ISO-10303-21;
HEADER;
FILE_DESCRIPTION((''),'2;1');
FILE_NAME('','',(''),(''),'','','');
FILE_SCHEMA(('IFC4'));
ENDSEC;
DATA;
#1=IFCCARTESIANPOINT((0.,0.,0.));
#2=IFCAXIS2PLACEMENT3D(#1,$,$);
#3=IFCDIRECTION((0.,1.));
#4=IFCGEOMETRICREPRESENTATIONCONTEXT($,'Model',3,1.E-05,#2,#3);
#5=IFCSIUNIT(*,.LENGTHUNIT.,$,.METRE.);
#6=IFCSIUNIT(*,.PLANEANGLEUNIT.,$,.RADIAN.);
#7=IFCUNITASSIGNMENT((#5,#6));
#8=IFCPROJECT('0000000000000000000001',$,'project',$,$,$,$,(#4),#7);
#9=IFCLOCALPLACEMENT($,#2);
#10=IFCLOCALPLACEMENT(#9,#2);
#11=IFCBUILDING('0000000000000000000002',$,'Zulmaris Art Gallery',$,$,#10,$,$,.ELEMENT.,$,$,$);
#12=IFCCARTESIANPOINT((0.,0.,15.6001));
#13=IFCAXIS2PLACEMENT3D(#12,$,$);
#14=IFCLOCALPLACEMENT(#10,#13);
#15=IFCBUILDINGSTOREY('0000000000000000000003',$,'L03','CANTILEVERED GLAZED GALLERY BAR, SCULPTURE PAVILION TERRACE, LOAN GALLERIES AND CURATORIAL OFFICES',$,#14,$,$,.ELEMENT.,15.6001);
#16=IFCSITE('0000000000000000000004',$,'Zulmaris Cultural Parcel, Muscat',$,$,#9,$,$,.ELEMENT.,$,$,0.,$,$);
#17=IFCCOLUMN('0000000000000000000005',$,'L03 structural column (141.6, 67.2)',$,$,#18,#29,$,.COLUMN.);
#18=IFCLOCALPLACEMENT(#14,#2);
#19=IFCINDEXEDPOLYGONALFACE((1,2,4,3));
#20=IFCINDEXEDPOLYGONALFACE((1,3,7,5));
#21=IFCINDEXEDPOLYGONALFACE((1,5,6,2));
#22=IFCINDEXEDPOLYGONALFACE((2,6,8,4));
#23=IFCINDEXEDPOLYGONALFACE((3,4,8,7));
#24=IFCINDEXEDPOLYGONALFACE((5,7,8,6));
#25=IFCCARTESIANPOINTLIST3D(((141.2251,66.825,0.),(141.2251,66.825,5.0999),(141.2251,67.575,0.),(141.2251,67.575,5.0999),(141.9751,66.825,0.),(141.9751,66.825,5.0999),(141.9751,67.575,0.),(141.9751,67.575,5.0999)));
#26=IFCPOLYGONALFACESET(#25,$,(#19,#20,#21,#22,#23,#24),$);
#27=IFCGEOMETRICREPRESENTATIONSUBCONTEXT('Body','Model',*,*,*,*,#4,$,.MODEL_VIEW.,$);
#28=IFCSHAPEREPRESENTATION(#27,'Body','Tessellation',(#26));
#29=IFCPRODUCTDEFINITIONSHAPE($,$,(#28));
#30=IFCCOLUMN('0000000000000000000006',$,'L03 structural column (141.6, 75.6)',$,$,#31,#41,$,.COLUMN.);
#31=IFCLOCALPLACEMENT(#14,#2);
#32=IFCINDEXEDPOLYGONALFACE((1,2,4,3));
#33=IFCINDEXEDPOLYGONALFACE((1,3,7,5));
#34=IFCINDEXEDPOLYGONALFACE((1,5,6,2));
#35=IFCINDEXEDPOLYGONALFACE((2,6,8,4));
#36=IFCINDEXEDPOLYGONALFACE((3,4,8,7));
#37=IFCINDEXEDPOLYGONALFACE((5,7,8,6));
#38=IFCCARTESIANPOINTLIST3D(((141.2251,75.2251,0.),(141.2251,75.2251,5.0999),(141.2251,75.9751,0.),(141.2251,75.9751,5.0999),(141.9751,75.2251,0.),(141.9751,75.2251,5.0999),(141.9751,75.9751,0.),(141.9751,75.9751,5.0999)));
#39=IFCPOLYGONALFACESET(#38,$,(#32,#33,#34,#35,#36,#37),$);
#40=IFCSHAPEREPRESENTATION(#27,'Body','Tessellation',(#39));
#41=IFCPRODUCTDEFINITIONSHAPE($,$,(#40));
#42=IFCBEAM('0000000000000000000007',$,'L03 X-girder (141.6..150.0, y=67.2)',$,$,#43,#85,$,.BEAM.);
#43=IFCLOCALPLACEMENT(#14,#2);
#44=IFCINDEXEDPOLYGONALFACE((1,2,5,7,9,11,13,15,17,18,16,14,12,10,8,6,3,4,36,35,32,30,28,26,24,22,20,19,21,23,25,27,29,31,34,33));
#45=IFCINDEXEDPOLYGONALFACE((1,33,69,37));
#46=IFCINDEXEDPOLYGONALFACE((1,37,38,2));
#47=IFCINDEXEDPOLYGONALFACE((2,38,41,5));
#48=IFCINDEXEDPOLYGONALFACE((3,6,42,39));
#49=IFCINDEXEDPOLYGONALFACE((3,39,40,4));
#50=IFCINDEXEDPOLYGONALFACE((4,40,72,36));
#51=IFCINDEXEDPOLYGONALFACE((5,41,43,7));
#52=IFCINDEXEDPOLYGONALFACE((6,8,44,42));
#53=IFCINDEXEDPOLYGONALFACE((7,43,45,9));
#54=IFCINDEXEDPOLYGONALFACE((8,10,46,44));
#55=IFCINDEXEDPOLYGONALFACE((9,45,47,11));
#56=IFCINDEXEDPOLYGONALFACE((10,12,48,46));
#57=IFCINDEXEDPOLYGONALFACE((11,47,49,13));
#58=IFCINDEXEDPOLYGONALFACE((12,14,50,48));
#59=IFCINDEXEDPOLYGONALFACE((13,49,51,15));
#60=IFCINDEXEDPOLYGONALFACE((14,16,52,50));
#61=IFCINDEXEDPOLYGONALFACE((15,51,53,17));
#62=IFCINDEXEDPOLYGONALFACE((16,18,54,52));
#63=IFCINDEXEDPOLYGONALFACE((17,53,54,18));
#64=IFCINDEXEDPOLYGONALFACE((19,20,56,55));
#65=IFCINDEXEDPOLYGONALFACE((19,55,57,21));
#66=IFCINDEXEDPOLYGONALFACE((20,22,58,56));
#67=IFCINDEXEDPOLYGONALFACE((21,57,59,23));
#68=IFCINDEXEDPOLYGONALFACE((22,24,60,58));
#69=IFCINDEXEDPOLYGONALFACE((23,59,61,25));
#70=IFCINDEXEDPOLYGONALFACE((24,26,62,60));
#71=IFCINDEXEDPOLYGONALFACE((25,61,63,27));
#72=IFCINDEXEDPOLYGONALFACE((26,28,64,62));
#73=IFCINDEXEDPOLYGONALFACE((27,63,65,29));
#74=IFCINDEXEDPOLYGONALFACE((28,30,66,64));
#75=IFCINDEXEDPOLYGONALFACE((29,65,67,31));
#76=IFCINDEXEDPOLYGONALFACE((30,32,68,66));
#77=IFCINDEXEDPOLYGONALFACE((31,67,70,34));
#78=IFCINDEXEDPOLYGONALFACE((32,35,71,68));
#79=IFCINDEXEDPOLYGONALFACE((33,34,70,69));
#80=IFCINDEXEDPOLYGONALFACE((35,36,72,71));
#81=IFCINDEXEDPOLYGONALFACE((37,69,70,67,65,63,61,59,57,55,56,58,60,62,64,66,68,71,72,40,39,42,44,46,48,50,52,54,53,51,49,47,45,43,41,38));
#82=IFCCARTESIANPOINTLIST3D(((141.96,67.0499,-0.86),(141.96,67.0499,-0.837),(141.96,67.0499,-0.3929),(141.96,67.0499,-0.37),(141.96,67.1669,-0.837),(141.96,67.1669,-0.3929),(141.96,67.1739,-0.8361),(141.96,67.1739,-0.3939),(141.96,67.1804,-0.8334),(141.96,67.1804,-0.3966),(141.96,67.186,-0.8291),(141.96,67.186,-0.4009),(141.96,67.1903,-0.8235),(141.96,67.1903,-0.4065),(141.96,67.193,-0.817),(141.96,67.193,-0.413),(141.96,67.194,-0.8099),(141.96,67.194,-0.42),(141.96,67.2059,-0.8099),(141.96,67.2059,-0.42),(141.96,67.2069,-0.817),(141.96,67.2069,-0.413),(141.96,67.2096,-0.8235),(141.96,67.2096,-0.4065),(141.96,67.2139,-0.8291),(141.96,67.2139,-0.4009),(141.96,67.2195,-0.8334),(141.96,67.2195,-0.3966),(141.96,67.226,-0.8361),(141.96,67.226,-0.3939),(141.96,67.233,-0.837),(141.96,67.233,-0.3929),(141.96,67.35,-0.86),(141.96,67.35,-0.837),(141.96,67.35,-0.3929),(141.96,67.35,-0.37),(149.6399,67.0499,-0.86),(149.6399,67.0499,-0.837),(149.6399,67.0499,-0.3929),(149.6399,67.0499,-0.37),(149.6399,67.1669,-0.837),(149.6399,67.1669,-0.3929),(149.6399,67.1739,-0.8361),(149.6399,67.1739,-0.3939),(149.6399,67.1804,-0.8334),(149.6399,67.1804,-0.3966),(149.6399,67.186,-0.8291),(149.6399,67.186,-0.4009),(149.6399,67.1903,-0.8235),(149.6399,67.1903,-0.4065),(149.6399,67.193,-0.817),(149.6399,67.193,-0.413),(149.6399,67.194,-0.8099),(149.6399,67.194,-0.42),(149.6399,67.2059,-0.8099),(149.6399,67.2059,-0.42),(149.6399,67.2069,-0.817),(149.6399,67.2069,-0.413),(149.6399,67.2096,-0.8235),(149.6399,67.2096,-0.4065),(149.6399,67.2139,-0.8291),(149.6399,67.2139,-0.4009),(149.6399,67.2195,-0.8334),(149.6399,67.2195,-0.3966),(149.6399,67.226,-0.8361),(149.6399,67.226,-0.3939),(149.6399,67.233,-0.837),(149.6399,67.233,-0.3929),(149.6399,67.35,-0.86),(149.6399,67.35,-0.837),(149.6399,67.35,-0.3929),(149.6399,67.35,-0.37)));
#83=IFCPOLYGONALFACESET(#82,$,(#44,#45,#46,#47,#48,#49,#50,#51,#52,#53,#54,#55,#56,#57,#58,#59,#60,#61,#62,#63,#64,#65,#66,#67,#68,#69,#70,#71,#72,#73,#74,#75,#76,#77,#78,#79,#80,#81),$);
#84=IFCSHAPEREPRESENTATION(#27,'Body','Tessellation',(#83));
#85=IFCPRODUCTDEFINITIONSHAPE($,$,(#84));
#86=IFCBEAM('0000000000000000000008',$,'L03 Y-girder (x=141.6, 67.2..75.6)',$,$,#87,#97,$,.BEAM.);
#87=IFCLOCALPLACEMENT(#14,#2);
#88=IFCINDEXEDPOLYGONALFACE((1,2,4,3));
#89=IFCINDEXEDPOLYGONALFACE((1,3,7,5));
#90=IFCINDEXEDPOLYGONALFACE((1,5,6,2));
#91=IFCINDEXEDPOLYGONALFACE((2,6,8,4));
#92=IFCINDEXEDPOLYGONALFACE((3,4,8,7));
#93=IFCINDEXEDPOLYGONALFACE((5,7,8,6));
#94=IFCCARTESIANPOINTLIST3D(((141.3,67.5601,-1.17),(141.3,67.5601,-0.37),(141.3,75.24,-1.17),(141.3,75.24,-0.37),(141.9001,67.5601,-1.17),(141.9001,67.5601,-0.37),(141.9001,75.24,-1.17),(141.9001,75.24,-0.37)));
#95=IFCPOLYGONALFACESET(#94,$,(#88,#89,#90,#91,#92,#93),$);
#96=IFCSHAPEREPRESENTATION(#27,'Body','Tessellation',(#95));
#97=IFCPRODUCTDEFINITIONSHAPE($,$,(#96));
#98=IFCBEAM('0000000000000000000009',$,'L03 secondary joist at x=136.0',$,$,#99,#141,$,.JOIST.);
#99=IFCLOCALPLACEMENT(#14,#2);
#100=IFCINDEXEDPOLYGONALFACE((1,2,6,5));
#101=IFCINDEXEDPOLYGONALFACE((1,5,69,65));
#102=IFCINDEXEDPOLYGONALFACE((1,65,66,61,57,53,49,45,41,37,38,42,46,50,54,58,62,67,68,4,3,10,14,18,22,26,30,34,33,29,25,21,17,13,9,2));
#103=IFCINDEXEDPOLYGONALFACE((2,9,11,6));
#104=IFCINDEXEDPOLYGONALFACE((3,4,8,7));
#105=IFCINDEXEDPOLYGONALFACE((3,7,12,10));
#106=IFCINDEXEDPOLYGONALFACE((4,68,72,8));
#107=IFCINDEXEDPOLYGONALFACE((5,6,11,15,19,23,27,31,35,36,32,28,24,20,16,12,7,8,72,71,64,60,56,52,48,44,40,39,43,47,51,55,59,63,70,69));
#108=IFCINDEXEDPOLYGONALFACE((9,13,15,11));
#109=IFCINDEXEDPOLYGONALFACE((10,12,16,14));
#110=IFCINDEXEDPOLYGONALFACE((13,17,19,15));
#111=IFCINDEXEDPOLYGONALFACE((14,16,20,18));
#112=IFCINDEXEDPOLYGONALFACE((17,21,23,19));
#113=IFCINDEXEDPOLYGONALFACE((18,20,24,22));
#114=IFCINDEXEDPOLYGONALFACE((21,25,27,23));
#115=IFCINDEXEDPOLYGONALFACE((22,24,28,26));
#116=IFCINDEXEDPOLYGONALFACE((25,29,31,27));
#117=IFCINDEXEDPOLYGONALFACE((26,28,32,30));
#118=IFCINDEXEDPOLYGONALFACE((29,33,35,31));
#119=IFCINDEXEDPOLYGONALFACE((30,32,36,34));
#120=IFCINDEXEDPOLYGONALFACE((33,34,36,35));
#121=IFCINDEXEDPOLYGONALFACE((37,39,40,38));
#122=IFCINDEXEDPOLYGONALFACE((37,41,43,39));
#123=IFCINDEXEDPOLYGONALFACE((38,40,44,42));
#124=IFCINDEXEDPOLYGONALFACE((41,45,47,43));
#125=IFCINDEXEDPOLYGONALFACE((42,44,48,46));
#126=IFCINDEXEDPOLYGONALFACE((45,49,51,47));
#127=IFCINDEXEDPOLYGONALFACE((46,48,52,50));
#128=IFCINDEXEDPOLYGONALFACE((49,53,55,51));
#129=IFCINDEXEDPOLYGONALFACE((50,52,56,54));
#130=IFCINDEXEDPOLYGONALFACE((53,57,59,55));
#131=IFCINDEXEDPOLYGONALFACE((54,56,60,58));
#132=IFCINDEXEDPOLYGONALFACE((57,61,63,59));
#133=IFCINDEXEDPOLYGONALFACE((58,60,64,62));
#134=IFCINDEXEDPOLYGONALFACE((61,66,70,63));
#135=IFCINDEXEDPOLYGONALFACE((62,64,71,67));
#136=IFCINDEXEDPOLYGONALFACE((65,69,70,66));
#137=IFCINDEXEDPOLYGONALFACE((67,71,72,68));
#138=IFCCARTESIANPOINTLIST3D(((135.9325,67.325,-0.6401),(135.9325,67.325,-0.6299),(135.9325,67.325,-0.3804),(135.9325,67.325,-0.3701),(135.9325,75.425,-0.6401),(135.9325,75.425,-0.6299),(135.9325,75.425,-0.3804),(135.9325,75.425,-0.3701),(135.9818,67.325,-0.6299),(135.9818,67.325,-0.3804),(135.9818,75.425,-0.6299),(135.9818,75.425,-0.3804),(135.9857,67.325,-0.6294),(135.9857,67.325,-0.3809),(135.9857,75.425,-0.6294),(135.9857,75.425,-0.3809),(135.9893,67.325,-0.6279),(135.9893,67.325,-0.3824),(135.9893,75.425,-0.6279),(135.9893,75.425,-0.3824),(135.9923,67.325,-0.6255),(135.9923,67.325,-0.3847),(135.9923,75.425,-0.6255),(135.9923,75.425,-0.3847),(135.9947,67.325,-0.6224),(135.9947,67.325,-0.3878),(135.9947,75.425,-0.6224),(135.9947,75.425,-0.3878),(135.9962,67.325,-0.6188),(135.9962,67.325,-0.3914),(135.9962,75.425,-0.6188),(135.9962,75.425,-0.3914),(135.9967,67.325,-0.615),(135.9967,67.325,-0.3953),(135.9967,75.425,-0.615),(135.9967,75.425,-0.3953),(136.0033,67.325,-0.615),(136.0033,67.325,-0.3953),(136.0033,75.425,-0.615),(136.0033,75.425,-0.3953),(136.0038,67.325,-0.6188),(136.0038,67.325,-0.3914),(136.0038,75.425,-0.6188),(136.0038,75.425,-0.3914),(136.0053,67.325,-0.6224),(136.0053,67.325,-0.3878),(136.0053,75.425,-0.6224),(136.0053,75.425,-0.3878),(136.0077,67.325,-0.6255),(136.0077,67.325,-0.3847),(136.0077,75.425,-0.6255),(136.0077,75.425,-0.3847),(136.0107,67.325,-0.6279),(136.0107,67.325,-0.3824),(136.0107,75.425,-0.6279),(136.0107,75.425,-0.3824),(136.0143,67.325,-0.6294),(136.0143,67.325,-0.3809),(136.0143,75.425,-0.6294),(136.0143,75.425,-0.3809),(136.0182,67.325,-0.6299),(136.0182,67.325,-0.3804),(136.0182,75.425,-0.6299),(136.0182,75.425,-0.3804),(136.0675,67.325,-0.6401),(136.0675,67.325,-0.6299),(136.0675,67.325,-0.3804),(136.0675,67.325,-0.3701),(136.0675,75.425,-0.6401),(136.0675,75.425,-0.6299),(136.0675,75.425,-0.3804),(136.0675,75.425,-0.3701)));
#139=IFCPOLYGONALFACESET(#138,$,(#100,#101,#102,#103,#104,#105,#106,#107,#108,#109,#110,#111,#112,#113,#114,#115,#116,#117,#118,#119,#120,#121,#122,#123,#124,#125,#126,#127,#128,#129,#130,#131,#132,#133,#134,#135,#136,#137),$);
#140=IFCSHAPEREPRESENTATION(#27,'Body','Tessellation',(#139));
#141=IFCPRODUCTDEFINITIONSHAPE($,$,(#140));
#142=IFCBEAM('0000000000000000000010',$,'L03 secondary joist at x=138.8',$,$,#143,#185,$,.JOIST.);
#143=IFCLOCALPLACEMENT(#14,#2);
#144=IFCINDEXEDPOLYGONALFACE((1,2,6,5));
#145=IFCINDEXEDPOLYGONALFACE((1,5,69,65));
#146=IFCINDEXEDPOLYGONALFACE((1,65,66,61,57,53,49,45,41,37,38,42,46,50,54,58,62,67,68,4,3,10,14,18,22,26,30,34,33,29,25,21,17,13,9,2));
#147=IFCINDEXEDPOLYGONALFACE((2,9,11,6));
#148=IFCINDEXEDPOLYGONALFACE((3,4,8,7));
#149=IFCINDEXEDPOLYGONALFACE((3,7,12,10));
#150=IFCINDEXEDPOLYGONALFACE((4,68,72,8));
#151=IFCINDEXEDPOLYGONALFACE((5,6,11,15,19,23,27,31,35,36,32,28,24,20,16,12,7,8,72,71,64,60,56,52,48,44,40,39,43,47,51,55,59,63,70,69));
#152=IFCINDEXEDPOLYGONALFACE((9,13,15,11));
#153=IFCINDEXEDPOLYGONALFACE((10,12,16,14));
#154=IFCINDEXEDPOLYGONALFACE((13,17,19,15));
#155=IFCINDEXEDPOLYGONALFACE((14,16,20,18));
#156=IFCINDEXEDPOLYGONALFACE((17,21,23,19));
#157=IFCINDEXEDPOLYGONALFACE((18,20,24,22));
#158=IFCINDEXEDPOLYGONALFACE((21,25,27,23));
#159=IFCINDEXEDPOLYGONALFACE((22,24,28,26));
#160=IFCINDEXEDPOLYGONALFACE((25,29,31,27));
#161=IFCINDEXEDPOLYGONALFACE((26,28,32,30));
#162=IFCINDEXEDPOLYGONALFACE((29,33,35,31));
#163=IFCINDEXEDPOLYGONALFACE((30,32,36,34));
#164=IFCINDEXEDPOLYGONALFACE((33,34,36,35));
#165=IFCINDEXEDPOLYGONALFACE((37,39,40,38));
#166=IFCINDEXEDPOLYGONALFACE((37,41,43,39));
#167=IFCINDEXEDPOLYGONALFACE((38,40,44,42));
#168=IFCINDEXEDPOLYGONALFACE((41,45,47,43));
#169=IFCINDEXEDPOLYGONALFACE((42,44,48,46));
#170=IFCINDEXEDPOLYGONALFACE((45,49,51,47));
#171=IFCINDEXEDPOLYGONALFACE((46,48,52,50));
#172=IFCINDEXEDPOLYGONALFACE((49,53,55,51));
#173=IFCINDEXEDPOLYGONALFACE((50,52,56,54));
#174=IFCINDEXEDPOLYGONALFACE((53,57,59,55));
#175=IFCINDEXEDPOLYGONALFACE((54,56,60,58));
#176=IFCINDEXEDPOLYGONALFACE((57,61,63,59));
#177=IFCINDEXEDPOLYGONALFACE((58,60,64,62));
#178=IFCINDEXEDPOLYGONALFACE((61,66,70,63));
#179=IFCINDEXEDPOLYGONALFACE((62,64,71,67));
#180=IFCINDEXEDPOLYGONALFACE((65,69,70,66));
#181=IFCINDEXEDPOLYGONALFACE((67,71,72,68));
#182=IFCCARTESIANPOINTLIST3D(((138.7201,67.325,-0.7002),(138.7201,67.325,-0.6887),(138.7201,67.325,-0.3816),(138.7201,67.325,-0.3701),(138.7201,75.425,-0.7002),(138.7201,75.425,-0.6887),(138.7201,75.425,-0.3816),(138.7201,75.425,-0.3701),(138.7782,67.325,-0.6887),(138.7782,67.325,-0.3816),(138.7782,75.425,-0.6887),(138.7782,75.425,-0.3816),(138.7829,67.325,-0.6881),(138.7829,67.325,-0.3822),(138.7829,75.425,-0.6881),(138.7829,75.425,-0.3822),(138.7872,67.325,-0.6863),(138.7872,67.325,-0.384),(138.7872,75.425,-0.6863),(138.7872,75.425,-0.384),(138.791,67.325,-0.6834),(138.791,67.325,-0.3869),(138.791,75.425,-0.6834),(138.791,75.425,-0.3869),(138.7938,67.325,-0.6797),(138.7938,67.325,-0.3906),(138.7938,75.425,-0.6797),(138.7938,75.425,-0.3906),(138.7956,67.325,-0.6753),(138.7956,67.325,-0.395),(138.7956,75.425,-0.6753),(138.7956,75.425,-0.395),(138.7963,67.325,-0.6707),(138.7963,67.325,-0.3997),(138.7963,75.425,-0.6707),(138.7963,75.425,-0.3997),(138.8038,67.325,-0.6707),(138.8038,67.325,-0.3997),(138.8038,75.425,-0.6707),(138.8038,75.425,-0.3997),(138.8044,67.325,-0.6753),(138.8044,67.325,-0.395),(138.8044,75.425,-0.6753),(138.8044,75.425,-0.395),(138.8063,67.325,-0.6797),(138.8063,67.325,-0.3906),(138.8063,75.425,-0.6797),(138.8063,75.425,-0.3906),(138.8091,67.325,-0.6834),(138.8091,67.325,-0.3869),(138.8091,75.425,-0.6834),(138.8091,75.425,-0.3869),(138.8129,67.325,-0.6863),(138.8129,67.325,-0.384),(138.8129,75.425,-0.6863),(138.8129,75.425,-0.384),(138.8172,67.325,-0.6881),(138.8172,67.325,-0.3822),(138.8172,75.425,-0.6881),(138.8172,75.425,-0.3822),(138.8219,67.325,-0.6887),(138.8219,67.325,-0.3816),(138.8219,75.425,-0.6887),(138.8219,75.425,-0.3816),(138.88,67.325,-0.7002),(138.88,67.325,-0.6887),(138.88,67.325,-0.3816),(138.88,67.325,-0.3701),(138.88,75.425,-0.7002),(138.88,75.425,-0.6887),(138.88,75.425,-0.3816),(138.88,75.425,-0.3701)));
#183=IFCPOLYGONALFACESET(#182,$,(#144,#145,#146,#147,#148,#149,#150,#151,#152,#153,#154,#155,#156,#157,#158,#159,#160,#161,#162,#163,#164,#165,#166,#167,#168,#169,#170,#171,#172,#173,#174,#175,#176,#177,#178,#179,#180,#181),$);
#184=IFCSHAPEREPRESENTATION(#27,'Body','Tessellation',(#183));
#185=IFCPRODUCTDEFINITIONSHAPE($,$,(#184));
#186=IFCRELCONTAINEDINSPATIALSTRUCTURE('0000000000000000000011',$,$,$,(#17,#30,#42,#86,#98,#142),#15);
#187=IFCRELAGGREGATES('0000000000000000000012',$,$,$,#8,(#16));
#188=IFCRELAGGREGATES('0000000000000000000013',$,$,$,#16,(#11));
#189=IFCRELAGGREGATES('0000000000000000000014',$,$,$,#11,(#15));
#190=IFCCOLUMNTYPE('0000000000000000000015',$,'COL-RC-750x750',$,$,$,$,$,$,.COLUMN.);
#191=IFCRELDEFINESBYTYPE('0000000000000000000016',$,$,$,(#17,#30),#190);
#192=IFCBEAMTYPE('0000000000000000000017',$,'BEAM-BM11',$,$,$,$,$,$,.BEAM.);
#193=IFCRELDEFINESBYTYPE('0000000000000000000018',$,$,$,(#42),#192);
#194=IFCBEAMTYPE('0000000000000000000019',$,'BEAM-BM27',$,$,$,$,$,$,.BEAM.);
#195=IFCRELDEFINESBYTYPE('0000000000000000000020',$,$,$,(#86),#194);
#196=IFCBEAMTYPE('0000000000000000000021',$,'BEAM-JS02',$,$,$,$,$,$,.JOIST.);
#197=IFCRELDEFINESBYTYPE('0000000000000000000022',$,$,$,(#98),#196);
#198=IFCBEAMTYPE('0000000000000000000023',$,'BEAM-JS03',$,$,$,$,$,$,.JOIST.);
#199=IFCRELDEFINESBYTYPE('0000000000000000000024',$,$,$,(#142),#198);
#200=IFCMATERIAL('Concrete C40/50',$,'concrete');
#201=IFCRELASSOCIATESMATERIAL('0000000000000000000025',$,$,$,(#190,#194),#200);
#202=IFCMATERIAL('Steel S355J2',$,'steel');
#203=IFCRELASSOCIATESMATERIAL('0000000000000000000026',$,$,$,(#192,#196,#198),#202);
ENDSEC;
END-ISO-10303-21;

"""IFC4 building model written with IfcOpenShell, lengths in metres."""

from ifc_helpers import new_model, si_unit, direction, frame, origin, origin_2d, place, context, subcontext, project, spatial, rectangle, i_section, extrude, material, material_profile, profile_set, type_object, element, save


model = new_model("IFC4")

# Units and contexts
model_context = context("Model", 3, precision=1e-05, world=origin(), true_north=direction((0.0, 1.0)))
body_context = subcontext(model_context, "Body", "Model", "MODEL_VIEW")
ifc_project = project(units=[si_unit("LENGTHUNIT", "METRE"), si_unit("PLANEANGLEUNIT", "RADIAN")], contexts=[model_context])

# Site, building, storey
site_placement = place(None, origin())
site = spatial("IfcSite", under=ifc_project, at=site_placement, Name="Zulmaris Cultural Parcel, Muscat", CompositionType="ELEMENT", RefElevation=0.0)
building_placement = place(site_placement, origin())
building = spatial("IfcBuilding", under=site, at=building_placement, Name="Zulmaris Art Gallery", CompositionType="ELEMENT")
storey_placement = place(building_placement, frame((0.0, 0.0, 15.6001)))
storey = spatial("IfcBuildingStorey", under=building, at=storey_placement, Name="L03", Description="CANTILEVERED GLAZED GALLERY BAR, SCULPTURE PAVILION TERRACE, LOAN GALLERIES AND CURATORIAL OFFICES", CompositionType="ELEMENT", Elevation=15.6001)

# Columns
ifc_material_1 = material(Name="Concrete C40/50", Category="concrete")
ifc_material_profile_1 = material_profile(ifc_material_1, rectangle(XDim=0.75, YDim=0.75, at=origin_2d()), Name="RC 750x750")
ifc_profile_set_1 = profile_set([ifc_material_profile_1], Name="Concrete C40/50")
column_type = type_object("IfcColumnType", Name="COL-RC-750x750", PredefinedType="COLUMN", material=ifc_profile_set_1)
for number, where, z_axis, x_axis, name in (
    (1, (141.6001, 67.2, 0.0), (0.0, 0.0, 1.0), (1.0, 0.0, 0.0), "L03 structural column (141.6, 67.2)"),
    (2, (141.6001, 75.6001, 0.0), (0.0, 0.0, 1.0), (1.0, 0.0, 0.0), "L03 structural column (141.6, 75.6)"),
):
    element("IfcColumn", number, at=place(storey_placement, frame(where, z_axis=z_axis, x_axis=x_axis)), inside=storey, type_object=column_type, Name=name, PredefinedType="COLUMN", context=body_context, shape_type="SweptSolid", body=[
        extrude(rectangle(XDim=0.75, YDim=0.75, at=origin_2d()), origin(), (0.0, 0.0, 1.0), 5.0999),
    ])

# Beams
ifc_material_2 = material(Name="Steel S355J2", Category="steel")
ifc_material_profile_2 = material_profile(ifc_material_2, i_section(OverallWidth=0.3, OverallDepth=0.49, WebThickness=0.012, FlangeThickness=0.0229, FilletRadius=0.0271, at=origin_2d()), Name="HEA 500")
ifc_profile_set_2 = profile_set([ifc_material_profile_2], Name="Steel S355J2")
beam_type_1 = type_object("IfcBeamType", Name="BEAM-BM11", PredefinedType="BEAM", material=ifc_profile_set_2)
beam_1_placement = place(storey_placement, frame((141.96, 67.2, -0.615), z_axis=(1.0, 0.0, 0.0), x_axis=(0.0, 1.0, 0.0)))
element("IfcBeam", 3, at=beam_1_placement, inside=storey, type_object=beam_type_1, Name="L03 X-girder (141.6..150.0, y=67.2)", PredefinedType="BEAM", context=body_context, shape_type="SweptSolid", body=[
    extrude(i_section(OverallWidth=0.3, OverallDepth=0.49, WebThickness=0.012, FlangeThickness=0.0229, FilletRadius=0.0271, at=origin_2d()), origin(), (0.0, 0.0, 1.0), 7.6799),
])
ifc_material_profile_3 = material_profile(ifc_material_1, rectangle(XDim=0.6001, YDim=0.8, at=origin_2d()), Name="RC 600x800")
ifc_profile_set_3 = profile_set([ifc_material_profile_3], Name="Concrete C40/50")
beam_type_2 = type_object("IfcBeamType", Name="BEAM-BM27", PredefinedType="BEAM", material=ifc_profile_set_3)
beam_2_placement = place(storey_placement, frame((141.6001, 67.5601, -0.77), z_axis=(0.0, 1.0, 0.0), x_axis=(-1.0, 0.0, 0.0)))
element("IfcBeam", 4, at=beam_2_placement, inside=storey, type_object=beam_type_2, Name="L03 Y-girder (x=141.6, 67.2..75.6)", PredefinedType="BEAM", context=body_context, shape_type="SweptSolid", body=[
    extrude(rectangle(XDim=0.6001, YDim=0.8, at=origin_2d()), origin(), (0.0, 0.0, 1.0), 7.6799),
])
ifc_material_profile_4 = material_profile(ifc_material_2, i_section(OverallWidth=0.135, OverallDepth=0.27, WebThickness=0.0066, FlangeThickness=0.0103, FilletRadius=0.0149, at=origin_2d()), Name="IPE 270")
ifc_profile_set_4 = profile_set([ifc_material_profile_4], Name="Steel S355J2")
beam_type_3 = type_object("IfcBeamType", Name="BEAM-JS02", PredefinedType="JOIST", material=ifc_profile_set_4)
beam_3_placement = place(storey_placement, frame((136.0, 67.325, -0.5051), z_axis=(0.0, 1.0, 0.0), x_axis=(-1.0, 0.0, 0.0)))
element("IfcBeam", 5, at=beam_3_placement, inside=storey, type_object=beam_type_3, Name="L03 secondary joist at x=136.0", PredefinedType="JOIST", context=body_context, shape_type="SweptSolid", body=[
    extrude(i_section(OverallWidth=0.135, OverallDepth=0.27, WebThickness=0.0066, FlangeThickness=0.0103, FilletRadius=0.0149, at=origin_2d()), origin(), (0.0, 0.0, 1.0), 8.1001),
])
ifc_material_profile_5 = material_profile(ifc_material_2, i_section(OverallWidth=0.1599, OverallDepth=0.3301, WebThickness=0.0076, FlangeThickness=0.0115, FilletRadius=0.0181, at=origin_2d()), Name="IPE 330")
ifc_profile_set_5 = profile_set([ifc_material_profile_5], Name="Steel S355J2")
beam_type_4 = type_object("IfcBeamType", Name="BEAM-JS03", PredefinedType="JOIST", material=ifc_profile_set_5)
beam_4_placement = place(storey_placement, frame((138.8, 67.325, -0.5352), z_axis=(0.0, 1.0, 0.0), x_axis=(-1.0, 0.0, 0.0)))
element("IfcBeam", 6, at=beam_4_placement, inside=storey, type_object=beam_type_4, Name="L03 secondary joist at x=138.8", PredefinedType="JOIST", context=body_context, shape_type="SweptSolid", body=[
    extrude(i_section(OverallWidth=0.1599, OverallDepth=0.3301, WebThickness=0.0076, FlangeThickness=0.0115, FilletRadius=0.0181, at=origin_2d()), origin(), (0.0, 0.0, 1.0), 8.1001),
])

save(model, "model.ifc")
